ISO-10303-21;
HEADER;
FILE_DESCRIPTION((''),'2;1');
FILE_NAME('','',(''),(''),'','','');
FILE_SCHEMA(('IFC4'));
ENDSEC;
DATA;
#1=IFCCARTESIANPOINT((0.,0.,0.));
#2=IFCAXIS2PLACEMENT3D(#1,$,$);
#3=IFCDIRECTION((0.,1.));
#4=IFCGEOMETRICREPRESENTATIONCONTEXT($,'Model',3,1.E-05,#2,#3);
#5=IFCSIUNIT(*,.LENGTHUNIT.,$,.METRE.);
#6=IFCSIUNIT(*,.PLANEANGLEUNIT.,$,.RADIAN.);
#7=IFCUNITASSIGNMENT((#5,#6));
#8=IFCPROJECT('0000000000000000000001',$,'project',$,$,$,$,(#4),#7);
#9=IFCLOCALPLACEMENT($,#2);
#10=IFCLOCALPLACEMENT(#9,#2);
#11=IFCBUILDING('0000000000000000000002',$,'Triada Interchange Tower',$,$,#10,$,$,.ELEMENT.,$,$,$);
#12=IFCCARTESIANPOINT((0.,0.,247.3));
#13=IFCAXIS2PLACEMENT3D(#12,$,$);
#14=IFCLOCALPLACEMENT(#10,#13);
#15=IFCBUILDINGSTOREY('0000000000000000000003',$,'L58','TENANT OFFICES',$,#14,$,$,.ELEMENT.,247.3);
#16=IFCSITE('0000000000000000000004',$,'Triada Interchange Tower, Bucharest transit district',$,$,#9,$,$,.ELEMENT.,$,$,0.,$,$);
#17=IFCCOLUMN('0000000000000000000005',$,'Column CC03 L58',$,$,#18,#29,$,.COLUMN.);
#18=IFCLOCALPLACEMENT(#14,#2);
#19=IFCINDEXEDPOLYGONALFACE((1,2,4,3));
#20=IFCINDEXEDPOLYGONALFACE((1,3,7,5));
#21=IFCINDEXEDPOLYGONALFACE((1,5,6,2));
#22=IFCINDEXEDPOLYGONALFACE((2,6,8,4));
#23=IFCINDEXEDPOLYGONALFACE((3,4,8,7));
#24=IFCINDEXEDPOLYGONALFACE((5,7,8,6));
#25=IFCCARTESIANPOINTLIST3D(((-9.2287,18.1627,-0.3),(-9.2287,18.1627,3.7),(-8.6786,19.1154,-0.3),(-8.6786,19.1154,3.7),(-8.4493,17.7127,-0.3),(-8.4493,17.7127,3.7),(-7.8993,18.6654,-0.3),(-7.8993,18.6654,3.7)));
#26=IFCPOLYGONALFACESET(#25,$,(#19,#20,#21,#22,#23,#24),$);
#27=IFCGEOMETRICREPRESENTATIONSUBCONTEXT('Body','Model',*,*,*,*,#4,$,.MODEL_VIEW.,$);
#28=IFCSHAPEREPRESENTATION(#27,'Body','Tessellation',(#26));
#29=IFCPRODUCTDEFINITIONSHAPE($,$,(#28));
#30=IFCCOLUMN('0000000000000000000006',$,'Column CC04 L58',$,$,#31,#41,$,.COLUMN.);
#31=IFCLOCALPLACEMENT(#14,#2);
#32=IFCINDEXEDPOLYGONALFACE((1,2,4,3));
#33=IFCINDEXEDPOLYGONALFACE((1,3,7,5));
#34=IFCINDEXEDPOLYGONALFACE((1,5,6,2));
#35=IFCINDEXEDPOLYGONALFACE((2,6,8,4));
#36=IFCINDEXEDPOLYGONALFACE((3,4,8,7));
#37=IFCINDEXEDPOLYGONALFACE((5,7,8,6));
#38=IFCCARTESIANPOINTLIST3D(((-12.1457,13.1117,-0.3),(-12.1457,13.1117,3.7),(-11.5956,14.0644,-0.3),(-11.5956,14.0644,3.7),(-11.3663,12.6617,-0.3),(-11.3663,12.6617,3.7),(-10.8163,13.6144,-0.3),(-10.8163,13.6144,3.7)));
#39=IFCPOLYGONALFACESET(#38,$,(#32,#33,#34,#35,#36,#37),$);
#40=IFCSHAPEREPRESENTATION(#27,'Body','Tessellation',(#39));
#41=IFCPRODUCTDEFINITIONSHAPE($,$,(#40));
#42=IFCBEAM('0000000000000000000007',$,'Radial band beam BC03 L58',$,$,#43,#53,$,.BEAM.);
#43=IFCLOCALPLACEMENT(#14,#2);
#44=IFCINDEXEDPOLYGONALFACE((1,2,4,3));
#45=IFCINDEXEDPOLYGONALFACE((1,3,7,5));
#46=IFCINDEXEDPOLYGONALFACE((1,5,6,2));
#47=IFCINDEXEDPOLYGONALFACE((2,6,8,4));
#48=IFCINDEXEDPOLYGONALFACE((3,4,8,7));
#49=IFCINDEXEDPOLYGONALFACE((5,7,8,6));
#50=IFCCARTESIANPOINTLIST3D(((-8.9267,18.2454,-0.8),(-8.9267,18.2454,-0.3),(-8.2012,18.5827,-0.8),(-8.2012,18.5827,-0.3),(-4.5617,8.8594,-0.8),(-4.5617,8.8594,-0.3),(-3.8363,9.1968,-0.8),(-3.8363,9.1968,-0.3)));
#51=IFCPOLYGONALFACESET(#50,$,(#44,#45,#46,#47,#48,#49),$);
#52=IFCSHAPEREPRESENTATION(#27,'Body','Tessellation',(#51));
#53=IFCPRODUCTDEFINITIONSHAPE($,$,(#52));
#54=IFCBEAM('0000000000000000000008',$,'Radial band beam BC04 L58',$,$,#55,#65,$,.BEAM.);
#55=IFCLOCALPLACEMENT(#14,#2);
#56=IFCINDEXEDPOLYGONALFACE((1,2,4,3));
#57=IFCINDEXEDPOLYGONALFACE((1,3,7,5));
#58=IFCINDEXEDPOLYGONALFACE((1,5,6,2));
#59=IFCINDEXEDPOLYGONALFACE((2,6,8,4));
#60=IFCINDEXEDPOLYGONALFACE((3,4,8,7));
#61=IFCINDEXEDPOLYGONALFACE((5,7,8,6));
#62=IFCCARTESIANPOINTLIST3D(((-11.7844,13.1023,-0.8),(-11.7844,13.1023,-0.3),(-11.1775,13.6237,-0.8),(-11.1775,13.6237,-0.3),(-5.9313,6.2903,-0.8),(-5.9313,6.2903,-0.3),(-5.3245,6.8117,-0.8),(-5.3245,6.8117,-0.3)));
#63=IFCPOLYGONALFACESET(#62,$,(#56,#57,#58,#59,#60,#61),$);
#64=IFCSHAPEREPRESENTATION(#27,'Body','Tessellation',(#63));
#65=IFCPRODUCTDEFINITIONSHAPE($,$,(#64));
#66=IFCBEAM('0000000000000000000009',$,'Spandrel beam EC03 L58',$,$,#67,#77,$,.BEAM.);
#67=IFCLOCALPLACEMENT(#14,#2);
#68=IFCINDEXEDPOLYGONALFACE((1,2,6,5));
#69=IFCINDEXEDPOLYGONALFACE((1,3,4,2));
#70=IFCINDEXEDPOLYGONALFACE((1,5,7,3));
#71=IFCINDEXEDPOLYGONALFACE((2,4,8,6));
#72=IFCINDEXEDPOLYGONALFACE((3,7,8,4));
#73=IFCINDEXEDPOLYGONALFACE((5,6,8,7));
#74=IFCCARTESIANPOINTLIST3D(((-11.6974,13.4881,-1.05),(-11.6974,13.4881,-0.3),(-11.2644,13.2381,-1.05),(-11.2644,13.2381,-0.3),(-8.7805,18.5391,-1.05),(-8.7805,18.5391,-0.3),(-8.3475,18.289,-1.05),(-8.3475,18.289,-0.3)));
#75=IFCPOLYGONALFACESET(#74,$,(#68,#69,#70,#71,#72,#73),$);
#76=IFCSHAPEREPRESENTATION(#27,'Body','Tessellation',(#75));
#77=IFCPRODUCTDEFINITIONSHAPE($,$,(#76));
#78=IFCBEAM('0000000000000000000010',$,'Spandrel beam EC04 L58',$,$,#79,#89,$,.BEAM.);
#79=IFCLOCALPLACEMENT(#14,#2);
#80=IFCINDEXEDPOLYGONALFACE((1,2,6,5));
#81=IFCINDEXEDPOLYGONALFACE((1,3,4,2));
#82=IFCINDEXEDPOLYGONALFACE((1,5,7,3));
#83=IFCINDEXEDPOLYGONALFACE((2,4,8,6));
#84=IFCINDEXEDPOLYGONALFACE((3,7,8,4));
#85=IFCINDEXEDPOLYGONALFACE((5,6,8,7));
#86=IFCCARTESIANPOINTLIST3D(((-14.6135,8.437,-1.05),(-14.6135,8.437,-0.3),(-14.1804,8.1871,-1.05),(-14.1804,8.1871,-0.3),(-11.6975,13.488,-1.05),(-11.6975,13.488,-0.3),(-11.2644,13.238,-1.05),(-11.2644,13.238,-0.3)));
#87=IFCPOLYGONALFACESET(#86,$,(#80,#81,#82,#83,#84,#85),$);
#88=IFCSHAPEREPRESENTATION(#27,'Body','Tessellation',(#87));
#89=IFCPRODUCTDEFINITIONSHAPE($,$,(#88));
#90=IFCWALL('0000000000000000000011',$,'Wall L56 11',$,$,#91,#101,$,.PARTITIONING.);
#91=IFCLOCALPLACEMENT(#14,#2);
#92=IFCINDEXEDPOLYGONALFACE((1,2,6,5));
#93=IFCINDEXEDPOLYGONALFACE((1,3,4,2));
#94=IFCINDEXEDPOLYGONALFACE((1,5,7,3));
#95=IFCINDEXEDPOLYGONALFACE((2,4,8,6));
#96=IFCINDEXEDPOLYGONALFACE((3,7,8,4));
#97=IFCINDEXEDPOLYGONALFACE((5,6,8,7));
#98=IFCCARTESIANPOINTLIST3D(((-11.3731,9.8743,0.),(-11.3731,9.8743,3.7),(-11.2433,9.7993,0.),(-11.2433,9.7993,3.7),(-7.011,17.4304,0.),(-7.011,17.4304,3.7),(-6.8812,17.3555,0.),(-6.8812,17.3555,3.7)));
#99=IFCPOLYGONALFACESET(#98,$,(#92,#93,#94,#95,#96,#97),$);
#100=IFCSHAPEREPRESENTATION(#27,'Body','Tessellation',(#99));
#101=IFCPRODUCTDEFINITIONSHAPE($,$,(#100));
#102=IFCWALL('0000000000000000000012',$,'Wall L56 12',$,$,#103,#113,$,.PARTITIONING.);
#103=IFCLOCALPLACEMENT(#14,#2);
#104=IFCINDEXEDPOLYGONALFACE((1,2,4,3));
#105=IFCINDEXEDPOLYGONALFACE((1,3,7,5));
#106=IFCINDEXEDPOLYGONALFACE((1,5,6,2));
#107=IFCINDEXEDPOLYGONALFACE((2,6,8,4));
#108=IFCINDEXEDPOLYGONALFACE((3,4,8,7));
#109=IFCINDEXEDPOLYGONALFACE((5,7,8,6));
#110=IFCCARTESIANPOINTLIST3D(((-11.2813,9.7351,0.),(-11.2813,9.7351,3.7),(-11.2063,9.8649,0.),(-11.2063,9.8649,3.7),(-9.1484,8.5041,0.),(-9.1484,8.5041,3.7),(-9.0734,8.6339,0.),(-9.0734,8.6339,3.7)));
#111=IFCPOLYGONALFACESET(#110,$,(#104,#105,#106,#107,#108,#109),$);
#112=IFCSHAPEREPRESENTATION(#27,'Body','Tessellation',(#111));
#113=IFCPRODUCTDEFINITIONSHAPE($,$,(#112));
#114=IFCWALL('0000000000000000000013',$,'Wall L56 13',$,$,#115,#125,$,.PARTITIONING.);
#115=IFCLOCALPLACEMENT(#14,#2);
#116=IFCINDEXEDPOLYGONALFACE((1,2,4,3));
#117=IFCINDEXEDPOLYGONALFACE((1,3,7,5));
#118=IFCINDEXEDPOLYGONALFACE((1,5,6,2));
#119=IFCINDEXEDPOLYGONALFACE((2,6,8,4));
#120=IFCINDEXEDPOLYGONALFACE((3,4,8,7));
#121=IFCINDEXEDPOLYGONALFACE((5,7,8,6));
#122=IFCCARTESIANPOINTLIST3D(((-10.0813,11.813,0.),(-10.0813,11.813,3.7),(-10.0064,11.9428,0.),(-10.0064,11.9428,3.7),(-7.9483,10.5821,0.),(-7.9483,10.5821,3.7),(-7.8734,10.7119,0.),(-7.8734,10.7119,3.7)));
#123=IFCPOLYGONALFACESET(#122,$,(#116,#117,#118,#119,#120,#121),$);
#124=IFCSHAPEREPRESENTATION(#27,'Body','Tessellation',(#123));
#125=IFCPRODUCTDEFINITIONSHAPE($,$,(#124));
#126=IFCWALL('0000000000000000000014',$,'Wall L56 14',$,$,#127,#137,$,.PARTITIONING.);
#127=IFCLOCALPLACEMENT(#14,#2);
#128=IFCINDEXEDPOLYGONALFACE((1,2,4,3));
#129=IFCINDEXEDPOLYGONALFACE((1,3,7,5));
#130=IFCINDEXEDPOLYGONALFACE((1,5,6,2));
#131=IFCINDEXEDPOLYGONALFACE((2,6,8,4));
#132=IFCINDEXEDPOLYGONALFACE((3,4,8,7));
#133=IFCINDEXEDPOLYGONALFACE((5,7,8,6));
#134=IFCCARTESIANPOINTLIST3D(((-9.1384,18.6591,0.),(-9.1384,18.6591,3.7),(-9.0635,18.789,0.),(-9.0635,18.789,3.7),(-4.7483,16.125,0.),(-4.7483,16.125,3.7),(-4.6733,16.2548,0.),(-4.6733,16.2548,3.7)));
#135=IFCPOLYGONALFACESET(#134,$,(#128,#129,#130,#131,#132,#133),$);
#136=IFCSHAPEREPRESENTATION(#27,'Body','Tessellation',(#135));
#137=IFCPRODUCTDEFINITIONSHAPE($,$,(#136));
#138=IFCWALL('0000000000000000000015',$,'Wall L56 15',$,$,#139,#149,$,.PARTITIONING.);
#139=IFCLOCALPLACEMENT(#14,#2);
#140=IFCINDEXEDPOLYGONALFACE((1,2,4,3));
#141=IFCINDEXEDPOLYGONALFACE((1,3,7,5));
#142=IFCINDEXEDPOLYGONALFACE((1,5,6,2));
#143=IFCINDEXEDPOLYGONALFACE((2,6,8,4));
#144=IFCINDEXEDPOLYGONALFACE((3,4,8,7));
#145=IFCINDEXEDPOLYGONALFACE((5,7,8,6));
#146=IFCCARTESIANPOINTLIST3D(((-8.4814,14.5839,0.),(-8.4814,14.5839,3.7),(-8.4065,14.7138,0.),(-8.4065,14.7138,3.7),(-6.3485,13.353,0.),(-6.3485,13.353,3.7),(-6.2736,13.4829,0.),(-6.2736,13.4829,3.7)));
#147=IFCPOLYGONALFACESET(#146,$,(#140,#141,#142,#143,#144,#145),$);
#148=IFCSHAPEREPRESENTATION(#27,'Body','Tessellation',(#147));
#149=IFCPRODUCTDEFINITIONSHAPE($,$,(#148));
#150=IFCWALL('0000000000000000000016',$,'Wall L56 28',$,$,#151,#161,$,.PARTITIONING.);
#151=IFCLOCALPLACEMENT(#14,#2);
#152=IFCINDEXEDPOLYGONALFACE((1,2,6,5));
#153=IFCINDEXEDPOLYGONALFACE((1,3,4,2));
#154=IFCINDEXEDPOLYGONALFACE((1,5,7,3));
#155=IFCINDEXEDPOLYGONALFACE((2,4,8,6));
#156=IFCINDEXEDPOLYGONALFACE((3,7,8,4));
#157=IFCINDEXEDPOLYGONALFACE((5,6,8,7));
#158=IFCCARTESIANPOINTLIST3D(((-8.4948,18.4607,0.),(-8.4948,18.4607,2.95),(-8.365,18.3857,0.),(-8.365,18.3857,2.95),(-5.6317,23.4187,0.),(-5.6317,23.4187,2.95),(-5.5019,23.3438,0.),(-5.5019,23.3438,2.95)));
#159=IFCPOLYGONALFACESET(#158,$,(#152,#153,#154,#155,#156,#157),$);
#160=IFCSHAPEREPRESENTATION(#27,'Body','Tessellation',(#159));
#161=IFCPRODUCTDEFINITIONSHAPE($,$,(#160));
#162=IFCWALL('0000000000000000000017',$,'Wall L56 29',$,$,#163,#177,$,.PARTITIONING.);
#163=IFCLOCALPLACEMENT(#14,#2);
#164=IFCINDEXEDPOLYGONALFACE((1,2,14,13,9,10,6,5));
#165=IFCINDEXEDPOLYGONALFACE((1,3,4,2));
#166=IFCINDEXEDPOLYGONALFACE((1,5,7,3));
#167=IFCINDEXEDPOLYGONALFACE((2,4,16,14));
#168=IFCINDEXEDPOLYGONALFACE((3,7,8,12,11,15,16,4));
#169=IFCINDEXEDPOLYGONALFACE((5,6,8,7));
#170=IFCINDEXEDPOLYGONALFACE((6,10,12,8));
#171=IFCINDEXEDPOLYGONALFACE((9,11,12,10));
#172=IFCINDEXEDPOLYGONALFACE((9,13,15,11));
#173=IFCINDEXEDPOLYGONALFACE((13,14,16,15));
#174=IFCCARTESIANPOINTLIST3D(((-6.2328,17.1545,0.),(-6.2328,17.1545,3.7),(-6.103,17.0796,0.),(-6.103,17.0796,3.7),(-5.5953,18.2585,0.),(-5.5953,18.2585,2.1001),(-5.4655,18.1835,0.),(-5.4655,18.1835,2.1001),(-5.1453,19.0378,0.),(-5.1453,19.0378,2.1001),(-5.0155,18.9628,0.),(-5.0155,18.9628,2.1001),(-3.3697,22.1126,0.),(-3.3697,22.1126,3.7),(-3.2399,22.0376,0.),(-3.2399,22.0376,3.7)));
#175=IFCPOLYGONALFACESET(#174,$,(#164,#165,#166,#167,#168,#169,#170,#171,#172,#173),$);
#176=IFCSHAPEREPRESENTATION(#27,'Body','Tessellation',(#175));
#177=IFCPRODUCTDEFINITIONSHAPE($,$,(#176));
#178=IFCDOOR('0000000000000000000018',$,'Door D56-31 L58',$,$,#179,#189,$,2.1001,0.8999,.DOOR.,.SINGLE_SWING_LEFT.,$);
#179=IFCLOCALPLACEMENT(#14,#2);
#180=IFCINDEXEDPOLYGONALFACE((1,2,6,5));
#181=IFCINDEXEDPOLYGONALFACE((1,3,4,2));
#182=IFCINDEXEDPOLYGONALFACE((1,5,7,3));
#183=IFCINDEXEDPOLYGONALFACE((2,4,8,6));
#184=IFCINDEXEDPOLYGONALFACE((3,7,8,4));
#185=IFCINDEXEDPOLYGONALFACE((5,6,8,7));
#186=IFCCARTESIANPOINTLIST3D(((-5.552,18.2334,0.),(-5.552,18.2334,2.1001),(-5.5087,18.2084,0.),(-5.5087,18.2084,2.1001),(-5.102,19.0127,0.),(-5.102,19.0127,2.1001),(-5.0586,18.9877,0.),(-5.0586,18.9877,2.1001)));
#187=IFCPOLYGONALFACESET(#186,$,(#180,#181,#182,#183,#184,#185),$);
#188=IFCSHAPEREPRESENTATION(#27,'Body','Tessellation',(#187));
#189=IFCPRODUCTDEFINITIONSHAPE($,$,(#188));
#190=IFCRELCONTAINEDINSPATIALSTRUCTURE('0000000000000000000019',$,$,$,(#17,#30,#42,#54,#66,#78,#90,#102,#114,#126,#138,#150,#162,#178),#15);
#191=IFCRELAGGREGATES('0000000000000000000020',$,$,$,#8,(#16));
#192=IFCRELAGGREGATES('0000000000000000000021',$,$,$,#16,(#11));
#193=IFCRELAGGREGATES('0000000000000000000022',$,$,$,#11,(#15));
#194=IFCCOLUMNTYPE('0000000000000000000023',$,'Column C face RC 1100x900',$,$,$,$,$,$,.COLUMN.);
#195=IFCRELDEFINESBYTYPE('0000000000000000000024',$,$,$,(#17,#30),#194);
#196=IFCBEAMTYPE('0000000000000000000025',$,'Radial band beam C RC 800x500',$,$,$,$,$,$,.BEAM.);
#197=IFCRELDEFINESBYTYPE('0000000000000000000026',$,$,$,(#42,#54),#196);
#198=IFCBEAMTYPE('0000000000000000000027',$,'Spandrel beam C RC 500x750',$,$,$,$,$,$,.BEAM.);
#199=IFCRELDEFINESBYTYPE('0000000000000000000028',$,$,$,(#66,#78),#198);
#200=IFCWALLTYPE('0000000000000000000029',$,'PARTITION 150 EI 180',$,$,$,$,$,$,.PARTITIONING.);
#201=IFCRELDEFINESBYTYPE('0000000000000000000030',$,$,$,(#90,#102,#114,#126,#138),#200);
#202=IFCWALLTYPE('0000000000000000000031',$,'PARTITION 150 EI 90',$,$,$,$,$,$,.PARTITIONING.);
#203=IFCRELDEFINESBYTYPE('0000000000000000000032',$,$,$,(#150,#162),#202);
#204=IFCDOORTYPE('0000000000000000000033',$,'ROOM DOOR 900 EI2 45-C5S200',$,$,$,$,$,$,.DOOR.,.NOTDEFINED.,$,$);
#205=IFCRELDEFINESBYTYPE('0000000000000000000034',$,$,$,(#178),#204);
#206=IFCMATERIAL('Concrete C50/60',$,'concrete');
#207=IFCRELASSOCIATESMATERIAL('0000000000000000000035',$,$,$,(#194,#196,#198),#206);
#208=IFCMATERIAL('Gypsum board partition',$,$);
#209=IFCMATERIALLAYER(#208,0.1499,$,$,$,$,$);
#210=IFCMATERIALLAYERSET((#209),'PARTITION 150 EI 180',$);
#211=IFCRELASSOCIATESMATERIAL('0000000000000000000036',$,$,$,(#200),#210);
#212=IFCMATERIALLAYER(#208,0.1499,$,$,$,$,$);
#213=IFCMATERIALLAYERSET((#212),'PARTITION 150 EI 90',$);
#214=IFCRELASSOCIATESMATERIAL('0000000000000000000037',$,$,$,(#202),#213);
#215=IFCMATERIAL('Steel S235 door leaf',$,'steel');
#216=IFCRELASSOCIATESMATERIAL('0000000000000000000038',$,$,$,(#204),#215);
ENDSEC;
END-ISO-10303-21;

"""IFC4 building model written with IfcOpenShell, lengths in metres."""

from ifc_helpers import new_model, si_unit, direction, frame, frame_2d, origin, origin_2d, place, context, subcontext, project, spatial, rectangle, extrude, material, layer, layer_set, material_profile, profile_set, type_object, element, fill, save


model = new_model("IFC4")

# Units and contexts
model_context = context("Model", 3, precision=1e-05, world=origin(), true_north=direction((0.0, 1.0)))
body_context = subcontext(model_context, "Body", "Model", "MODEL_VIEW")
ifc_project = project(units=[si_unit("LENGTHUNIT", "METRE"), si_unit("PLANEANGLEUNIT", "RADIAN")], contexts=[model_context])

# Site, building, storey
site_placement = place(None, origin())
site = spatial("IfcSite", under=ifc_project, at=site_placement, Name="Triada Interchange Tower, Bucharest transit district", CompositionType="ELEMENT", RefElevation=0.0)
building_placement = place(site_placement, origin())
building = spatial("IfcBuilding", under=site, at=building_placement, Name="Triada Interchange Tower", CompositionType="ELEMENT")
storey_placement = place(building_placement, frame((0.0, 0.0, 247.3)))
storey = spatial("IfcBuildingStorey", under=building, at=storey_placement, Name="L58", Description="TENANT OFFICES", CompositionType="ELEMENT", Elevation=247.3)

# Columns
ifc_material_1 = material(Name="Concrete C50/60", Category="concrete")
ifc_material_profile_1 = material_profile(ifc_material_1, rectangle(XDim=1.1001, YDim=0.8999, at=origin_2d()), Name="RC 1100x900")
ifc_profile_set_1 = profile_set([ifc_material_profile_1], Name="Concrete C50/60")
column_type = type_object("IfcColumnType", Name="Column C face RC 1100x900", PredefinedType="COLUMN", material=ifc_profile_set_1)
for number, where, z_axis, x_axis, name in (
    (1, (-8.564, 18.4141, -0.3), (0.0, 0.0, 1.0), (0.5, 0.866025, 0.0), "Column CC03 L58"),
    (2, (-11.481, 13.363, -0.3), (0.0, 0.0, 1.0), (0.5, 0.866025, 0.0), "Column CC04 L58"),
):
    element("IfcColumn", number, at=place(storey_placement, frame(where, z_axis=z_axis, x_axis=x_axis)), inside=storey, type_object=column_type, Name=name, PredefinedType="COLUMN", context=body_context, shape_type="SweptSolid", body=[
        extrude(rectangle(XDim=1.1001, YDim=0.8999, at=origin_2d()), origin(), (0.0, 0.0, 1.0), 4.0),
    ])

# Beams
ifc_material_profile_2 = material_profile(ifc_material_1, rectangle(XDim=0.8, YDim=0.5, at=origin_2d()), Name="RC 800x500")
ifc_profile_set_2 = profile_set([ifc_material_profile_2], Name="Concrete C50/60")
beam_type_1 = type_object("IfcBeamType", Name="Radial band beam C RC 800x500", PredefinedType="BEAM", material=ifc_profile_set_2)
beam_1_placement = place(storey_placement, frame((-8.564, 18.4141, -0.55), z_axis=(0.421684, -0.906743, 0.0), x_axis=(0.906743, 0.421684, 0.0)))
element("IfcBeam", 3, at=beam_1_placement, inside=storey, type_object=beam_type_1, Name="Radial band beam BC03 L58", PredefinedType="BEAM", context=body_context, shape_type="SweptSolid", body=[
    extrude(rectangle(XDim=0.8, YDim=0.5, at=origin_2d()), origin(), (0.0, 0.0, 1.0), 10.3513),
])
beam_2_placement = place(storey_placement, frame((-11.481, 13.363, -0.55), z_axis=(0.6517, -0.758477, 0.0), x_axis=(0.758477, 0.6517, 0.0)))
element("IfcBeam", 4, at=beam_2_placement, inside=storey, type_object=beam_type_1, Name="Radial band beam BC04 L58", PredefinedType="BEAM", context=body_context, shape_type="SweptSolid", body=[
    extrude(rectangle(XDim=0.8, YDim=0.5, at=origin_2d()), origin(), (0.0, 0.0, 1.0), 8.9812),
])
ifc_material_profile_3 = material_profile(ifc_material_1, rectangle(XDim=0.5, YDim=0.75, at=origin_2d()), Name="RC 500x750")
ifc_profile_set_3 = profile_set([ifc_material_profile_3], Name="Concrete C50/60")
beam_type_2 = type_object("IfcBeamType", Name="Spandrel beam C RC 500x750", PredefinedType="BEAM", material=ifc_profile_set_3)
beam_3_placement = place(storey_placement, frame((-8.564, 18.4141, -0.675), z_axis=(-0.5001, -0.865967, 0.0), x_axis=(0.865967, -0.5001, 0.0)))
element("IfcBeam", 5, at=beam_3_placement, inside=storey, type_object=beam_type_2, Name="Spandrel beam EC03 L58", PredefinedType="BEAM", context=body_context, shape_type="SweptSolid", body=[
    extrude(rectangle(XDim=0.5, YDim=0.75, at=origin_2d()), origin(), (0.0, 0.0, 1.0), 5.8328),
])
beam_4_placement = place(storey_placement, frame((-11.481, 13.363, -0.675), z_axis=(-0.499975, -0.86604, 0.0), x_axis=(0.86604, -0.499975, 0.0)))
element("IfcBeam", 6, at=beam_4_placement, inside=storey, type_object=beam_type_2, Name="Spandrel beam EC04 L58", PredefinedType="BEAM", context=body_context, shape_type="SweptSolid", body=[
    extrude(rectangle(XDim=0.5, YDim=0.75, at=origin_2d()), origin(), (0.0, 0.0, 1.0), 5.8323),
])

# Shared definitions
ifc_material_2 = material(Name="Steel S235 door leaf", Category="steel")

# Walls
ifc_material_3 = material(Name="Gypsum board partition")
ifc_layer_1 = layer(ifc_material_3, 0.1499)
ifc_layer_set_1 = layer_set([ifc_layer_1], Name="PARTITION 150 EI 180")
wall_type_1 = type_object("IfcWallType", Name="PARTITION 150 EI 180", PredefinedType="PARTITIONING", material=ifc_layer_set_1)
wall_1_placement = place(storey_placement, frame((-11.3081, 9.8369, 0.0), z_axis=(0.0, 0.0, 1.0), x_axis=(0.499958, 0.86605, 0.0)))
element("IfcWall", 7, at=wall_1_placement, inside=storey, type_object=wall_type_1, Name="Wall L56 11", PredefinedType="PARTITIONING", context=body_context, shape_type="SweptSolid", body=[
    extrude(rectangle(XDim=8.7249, YDim=0.1499, at=frame_2d((4.3623, 0.0))), origin(), (0.0, 0.0, 1.0), 3.7),
])
for number, where, z_axis, x_axis, name in (
    (8, (-11.2439, 9.8, 0.0), (0.0, 0.0, 1.0), (0.8661, -0.499871, 0.0), "Wall L56 12"),
    (9, (-10.0439, 11.8779, 0.0), (0.0, 0.0, 1.0), (0.866125, -0.499828, 0.0), "Wall L56 13"),
):
    element("IfcWall", number, at=place(storey_placement, frame(where, z_axis=z_axis, x_axis=x_axis)), inside=storey, type_object=wall_type_1, Name=name, PredefinedType="PARTITIONING", context=body_context, shape_type="SweptSolid", body=[
        extrude(rectangle(XDim=2.4626, YDim=0.1499, at=frame_2d((1.2314, 0.0))), origin(), (0.0, 0.0, 1.0), 3.7),
    ])
wall_2_placement = place(storey_placement, frame((-9.1011, 18.7241, 0.0), z_axis=(0.0, 0.0, 1.0), x_axis=(0.866065, -0.499931, 0.0)))
element("IfcWall", 10, at=wall_2_placement, inside=storey, type_object=wall_type_1, Name="Wall L56 14", PredefinedType="PARTITIONING", context=body_context, shape_type="SweptSolid", body=[
    extrude(rectangle(XDim=5.0691, YDim=0.1499, at=frame_2d((2.5347, 0.0))), origin(), (0.0, 0.0, 1.0), 3.7),
])
wall_3_placement = place(storey_placement, frame((-8.4441, 14.6489, 0.0), z_axis=(0.0, 0.0, 1.0), x_axis=(0.866125, -0.499828, 0.0)))
element("IfcWall", 11, at=wall_3_placement, inside=storey, type_object=wall_type_1, Name="Wall L56 15", PredefinedType="PARTITIONING", context=body_context, shape_type="SweptSolid", body=[
    extrude(rectangle(XDim=2.4626, YDim=0.1499, at=frame_2d((1.2314, 0.0))), origin(), (0.0, 0.0, 1.0), 3.7),
])
ifc_layer_2 = layer(ifc_material_3, 0.1499)
ifc_layer_set_2 = layer_set([ifc_layer_2], Name="PARTITION 150 EI 90")
wall_type_2 = type_object("IfcWallType", Name="PARTITION 150 EI 90", PredefinedType="PARTITIONING", material=ifc_layer_set_2)
wall_4_placement = place(storey_placement, frame((-8.4299, 18.4231, 0.0), z_axis=(0.0, 0.0, 1.0), x_axis=(0.500069, 0.865985, 0.0)))
element("IfcWall", 12, at=wall_4_placement, inside=storey, type_object=wall_type_2, Name="Wall L56 28", PredefinedType="PARTITIONING", context=body_context, shape_type="SweptSolid", body=[
    extrude(rectangle(XDim=5.7253, YDim=0.1499, at=frame_2d((2.8628, 0.0))), origin(), (0.0, 0.0, 1.0), 2.95),
])

# Wall, opening, door
wall_5_placement = place(storey_placement, frame((-6.168, 17.1169, 0.0), z_axis=(0.0, 0.0, 1.0), x_axis=(0.500069, 0.865985, 0.0)))
wall_5 = element("IfcWall", 13, at=wall_5_placement, inside=storey, type_object=wall_type_2, Name="Wall L56 29", PredefinedType="PARTITIONING", context=body_context, shape_type="SweptSolid", body=[
    extrude(rectangle(XDim=5.7253, YDim=0.1499, at=frame_2d((2.8628, 0.0))), origin(), (0.0, 0.0, 1.0), 3.7),
])
opening_1_placement = place(wall_5_placement, frame((1.2749, 0.0, 0.0)))
opening_1 = element("IfcOpeningElement", 14, at=opening_1_placement, cuts=wall_5, PredefinedType="OPENING", context=body_context, shape_type="SweptSolid", body=[
    extrude(rectangle(XDim=0.8999, YDim=2.1001, at=frame_2d((0.45, 1.05))), frame((0.0, 0.085, 0.0), z_axis=(0.0, -1.0, 0.0), x_axis=(1.0, 0.0, 0.0)), (0.0, 0.0, 1.0), 0.1699),
])
door_type_1 = type_object("IfcDoorType", Name="ROOM DOOR 900 EI2 45-C5S200", OperationType="NOTDEFINED", PredefinedType="DOOR", material=ifc_material_2)
door_1_placement = place(opening_1_placement, origin())
door_1 = element("IfcDoor", 15, at=door_1_placement, inside=storey, type_object=door_type_1, Name="Door D56-31 L58", OperationType="SINGLE_SWING_LEFT", OverallHeight=2.1001, OverallWidth=0.8999, PredefinedType="DOOR", context=body_context, shape_type="SweptSolid", body=[
    extrude(rectangle(XDim=0.8999, YDim=2.1001, at=frame_2d((0.45, 1.05))), frame((0.0, 0.0249, 0.0), z_axis=(0.0, -1.0, 0.0), x_axis=(1.0, 0.0, 0.0)), (0.0, 0.0, 1.0), 0.05),
])
fill(opening_1, door_1)

save(model, "model.ifc")
